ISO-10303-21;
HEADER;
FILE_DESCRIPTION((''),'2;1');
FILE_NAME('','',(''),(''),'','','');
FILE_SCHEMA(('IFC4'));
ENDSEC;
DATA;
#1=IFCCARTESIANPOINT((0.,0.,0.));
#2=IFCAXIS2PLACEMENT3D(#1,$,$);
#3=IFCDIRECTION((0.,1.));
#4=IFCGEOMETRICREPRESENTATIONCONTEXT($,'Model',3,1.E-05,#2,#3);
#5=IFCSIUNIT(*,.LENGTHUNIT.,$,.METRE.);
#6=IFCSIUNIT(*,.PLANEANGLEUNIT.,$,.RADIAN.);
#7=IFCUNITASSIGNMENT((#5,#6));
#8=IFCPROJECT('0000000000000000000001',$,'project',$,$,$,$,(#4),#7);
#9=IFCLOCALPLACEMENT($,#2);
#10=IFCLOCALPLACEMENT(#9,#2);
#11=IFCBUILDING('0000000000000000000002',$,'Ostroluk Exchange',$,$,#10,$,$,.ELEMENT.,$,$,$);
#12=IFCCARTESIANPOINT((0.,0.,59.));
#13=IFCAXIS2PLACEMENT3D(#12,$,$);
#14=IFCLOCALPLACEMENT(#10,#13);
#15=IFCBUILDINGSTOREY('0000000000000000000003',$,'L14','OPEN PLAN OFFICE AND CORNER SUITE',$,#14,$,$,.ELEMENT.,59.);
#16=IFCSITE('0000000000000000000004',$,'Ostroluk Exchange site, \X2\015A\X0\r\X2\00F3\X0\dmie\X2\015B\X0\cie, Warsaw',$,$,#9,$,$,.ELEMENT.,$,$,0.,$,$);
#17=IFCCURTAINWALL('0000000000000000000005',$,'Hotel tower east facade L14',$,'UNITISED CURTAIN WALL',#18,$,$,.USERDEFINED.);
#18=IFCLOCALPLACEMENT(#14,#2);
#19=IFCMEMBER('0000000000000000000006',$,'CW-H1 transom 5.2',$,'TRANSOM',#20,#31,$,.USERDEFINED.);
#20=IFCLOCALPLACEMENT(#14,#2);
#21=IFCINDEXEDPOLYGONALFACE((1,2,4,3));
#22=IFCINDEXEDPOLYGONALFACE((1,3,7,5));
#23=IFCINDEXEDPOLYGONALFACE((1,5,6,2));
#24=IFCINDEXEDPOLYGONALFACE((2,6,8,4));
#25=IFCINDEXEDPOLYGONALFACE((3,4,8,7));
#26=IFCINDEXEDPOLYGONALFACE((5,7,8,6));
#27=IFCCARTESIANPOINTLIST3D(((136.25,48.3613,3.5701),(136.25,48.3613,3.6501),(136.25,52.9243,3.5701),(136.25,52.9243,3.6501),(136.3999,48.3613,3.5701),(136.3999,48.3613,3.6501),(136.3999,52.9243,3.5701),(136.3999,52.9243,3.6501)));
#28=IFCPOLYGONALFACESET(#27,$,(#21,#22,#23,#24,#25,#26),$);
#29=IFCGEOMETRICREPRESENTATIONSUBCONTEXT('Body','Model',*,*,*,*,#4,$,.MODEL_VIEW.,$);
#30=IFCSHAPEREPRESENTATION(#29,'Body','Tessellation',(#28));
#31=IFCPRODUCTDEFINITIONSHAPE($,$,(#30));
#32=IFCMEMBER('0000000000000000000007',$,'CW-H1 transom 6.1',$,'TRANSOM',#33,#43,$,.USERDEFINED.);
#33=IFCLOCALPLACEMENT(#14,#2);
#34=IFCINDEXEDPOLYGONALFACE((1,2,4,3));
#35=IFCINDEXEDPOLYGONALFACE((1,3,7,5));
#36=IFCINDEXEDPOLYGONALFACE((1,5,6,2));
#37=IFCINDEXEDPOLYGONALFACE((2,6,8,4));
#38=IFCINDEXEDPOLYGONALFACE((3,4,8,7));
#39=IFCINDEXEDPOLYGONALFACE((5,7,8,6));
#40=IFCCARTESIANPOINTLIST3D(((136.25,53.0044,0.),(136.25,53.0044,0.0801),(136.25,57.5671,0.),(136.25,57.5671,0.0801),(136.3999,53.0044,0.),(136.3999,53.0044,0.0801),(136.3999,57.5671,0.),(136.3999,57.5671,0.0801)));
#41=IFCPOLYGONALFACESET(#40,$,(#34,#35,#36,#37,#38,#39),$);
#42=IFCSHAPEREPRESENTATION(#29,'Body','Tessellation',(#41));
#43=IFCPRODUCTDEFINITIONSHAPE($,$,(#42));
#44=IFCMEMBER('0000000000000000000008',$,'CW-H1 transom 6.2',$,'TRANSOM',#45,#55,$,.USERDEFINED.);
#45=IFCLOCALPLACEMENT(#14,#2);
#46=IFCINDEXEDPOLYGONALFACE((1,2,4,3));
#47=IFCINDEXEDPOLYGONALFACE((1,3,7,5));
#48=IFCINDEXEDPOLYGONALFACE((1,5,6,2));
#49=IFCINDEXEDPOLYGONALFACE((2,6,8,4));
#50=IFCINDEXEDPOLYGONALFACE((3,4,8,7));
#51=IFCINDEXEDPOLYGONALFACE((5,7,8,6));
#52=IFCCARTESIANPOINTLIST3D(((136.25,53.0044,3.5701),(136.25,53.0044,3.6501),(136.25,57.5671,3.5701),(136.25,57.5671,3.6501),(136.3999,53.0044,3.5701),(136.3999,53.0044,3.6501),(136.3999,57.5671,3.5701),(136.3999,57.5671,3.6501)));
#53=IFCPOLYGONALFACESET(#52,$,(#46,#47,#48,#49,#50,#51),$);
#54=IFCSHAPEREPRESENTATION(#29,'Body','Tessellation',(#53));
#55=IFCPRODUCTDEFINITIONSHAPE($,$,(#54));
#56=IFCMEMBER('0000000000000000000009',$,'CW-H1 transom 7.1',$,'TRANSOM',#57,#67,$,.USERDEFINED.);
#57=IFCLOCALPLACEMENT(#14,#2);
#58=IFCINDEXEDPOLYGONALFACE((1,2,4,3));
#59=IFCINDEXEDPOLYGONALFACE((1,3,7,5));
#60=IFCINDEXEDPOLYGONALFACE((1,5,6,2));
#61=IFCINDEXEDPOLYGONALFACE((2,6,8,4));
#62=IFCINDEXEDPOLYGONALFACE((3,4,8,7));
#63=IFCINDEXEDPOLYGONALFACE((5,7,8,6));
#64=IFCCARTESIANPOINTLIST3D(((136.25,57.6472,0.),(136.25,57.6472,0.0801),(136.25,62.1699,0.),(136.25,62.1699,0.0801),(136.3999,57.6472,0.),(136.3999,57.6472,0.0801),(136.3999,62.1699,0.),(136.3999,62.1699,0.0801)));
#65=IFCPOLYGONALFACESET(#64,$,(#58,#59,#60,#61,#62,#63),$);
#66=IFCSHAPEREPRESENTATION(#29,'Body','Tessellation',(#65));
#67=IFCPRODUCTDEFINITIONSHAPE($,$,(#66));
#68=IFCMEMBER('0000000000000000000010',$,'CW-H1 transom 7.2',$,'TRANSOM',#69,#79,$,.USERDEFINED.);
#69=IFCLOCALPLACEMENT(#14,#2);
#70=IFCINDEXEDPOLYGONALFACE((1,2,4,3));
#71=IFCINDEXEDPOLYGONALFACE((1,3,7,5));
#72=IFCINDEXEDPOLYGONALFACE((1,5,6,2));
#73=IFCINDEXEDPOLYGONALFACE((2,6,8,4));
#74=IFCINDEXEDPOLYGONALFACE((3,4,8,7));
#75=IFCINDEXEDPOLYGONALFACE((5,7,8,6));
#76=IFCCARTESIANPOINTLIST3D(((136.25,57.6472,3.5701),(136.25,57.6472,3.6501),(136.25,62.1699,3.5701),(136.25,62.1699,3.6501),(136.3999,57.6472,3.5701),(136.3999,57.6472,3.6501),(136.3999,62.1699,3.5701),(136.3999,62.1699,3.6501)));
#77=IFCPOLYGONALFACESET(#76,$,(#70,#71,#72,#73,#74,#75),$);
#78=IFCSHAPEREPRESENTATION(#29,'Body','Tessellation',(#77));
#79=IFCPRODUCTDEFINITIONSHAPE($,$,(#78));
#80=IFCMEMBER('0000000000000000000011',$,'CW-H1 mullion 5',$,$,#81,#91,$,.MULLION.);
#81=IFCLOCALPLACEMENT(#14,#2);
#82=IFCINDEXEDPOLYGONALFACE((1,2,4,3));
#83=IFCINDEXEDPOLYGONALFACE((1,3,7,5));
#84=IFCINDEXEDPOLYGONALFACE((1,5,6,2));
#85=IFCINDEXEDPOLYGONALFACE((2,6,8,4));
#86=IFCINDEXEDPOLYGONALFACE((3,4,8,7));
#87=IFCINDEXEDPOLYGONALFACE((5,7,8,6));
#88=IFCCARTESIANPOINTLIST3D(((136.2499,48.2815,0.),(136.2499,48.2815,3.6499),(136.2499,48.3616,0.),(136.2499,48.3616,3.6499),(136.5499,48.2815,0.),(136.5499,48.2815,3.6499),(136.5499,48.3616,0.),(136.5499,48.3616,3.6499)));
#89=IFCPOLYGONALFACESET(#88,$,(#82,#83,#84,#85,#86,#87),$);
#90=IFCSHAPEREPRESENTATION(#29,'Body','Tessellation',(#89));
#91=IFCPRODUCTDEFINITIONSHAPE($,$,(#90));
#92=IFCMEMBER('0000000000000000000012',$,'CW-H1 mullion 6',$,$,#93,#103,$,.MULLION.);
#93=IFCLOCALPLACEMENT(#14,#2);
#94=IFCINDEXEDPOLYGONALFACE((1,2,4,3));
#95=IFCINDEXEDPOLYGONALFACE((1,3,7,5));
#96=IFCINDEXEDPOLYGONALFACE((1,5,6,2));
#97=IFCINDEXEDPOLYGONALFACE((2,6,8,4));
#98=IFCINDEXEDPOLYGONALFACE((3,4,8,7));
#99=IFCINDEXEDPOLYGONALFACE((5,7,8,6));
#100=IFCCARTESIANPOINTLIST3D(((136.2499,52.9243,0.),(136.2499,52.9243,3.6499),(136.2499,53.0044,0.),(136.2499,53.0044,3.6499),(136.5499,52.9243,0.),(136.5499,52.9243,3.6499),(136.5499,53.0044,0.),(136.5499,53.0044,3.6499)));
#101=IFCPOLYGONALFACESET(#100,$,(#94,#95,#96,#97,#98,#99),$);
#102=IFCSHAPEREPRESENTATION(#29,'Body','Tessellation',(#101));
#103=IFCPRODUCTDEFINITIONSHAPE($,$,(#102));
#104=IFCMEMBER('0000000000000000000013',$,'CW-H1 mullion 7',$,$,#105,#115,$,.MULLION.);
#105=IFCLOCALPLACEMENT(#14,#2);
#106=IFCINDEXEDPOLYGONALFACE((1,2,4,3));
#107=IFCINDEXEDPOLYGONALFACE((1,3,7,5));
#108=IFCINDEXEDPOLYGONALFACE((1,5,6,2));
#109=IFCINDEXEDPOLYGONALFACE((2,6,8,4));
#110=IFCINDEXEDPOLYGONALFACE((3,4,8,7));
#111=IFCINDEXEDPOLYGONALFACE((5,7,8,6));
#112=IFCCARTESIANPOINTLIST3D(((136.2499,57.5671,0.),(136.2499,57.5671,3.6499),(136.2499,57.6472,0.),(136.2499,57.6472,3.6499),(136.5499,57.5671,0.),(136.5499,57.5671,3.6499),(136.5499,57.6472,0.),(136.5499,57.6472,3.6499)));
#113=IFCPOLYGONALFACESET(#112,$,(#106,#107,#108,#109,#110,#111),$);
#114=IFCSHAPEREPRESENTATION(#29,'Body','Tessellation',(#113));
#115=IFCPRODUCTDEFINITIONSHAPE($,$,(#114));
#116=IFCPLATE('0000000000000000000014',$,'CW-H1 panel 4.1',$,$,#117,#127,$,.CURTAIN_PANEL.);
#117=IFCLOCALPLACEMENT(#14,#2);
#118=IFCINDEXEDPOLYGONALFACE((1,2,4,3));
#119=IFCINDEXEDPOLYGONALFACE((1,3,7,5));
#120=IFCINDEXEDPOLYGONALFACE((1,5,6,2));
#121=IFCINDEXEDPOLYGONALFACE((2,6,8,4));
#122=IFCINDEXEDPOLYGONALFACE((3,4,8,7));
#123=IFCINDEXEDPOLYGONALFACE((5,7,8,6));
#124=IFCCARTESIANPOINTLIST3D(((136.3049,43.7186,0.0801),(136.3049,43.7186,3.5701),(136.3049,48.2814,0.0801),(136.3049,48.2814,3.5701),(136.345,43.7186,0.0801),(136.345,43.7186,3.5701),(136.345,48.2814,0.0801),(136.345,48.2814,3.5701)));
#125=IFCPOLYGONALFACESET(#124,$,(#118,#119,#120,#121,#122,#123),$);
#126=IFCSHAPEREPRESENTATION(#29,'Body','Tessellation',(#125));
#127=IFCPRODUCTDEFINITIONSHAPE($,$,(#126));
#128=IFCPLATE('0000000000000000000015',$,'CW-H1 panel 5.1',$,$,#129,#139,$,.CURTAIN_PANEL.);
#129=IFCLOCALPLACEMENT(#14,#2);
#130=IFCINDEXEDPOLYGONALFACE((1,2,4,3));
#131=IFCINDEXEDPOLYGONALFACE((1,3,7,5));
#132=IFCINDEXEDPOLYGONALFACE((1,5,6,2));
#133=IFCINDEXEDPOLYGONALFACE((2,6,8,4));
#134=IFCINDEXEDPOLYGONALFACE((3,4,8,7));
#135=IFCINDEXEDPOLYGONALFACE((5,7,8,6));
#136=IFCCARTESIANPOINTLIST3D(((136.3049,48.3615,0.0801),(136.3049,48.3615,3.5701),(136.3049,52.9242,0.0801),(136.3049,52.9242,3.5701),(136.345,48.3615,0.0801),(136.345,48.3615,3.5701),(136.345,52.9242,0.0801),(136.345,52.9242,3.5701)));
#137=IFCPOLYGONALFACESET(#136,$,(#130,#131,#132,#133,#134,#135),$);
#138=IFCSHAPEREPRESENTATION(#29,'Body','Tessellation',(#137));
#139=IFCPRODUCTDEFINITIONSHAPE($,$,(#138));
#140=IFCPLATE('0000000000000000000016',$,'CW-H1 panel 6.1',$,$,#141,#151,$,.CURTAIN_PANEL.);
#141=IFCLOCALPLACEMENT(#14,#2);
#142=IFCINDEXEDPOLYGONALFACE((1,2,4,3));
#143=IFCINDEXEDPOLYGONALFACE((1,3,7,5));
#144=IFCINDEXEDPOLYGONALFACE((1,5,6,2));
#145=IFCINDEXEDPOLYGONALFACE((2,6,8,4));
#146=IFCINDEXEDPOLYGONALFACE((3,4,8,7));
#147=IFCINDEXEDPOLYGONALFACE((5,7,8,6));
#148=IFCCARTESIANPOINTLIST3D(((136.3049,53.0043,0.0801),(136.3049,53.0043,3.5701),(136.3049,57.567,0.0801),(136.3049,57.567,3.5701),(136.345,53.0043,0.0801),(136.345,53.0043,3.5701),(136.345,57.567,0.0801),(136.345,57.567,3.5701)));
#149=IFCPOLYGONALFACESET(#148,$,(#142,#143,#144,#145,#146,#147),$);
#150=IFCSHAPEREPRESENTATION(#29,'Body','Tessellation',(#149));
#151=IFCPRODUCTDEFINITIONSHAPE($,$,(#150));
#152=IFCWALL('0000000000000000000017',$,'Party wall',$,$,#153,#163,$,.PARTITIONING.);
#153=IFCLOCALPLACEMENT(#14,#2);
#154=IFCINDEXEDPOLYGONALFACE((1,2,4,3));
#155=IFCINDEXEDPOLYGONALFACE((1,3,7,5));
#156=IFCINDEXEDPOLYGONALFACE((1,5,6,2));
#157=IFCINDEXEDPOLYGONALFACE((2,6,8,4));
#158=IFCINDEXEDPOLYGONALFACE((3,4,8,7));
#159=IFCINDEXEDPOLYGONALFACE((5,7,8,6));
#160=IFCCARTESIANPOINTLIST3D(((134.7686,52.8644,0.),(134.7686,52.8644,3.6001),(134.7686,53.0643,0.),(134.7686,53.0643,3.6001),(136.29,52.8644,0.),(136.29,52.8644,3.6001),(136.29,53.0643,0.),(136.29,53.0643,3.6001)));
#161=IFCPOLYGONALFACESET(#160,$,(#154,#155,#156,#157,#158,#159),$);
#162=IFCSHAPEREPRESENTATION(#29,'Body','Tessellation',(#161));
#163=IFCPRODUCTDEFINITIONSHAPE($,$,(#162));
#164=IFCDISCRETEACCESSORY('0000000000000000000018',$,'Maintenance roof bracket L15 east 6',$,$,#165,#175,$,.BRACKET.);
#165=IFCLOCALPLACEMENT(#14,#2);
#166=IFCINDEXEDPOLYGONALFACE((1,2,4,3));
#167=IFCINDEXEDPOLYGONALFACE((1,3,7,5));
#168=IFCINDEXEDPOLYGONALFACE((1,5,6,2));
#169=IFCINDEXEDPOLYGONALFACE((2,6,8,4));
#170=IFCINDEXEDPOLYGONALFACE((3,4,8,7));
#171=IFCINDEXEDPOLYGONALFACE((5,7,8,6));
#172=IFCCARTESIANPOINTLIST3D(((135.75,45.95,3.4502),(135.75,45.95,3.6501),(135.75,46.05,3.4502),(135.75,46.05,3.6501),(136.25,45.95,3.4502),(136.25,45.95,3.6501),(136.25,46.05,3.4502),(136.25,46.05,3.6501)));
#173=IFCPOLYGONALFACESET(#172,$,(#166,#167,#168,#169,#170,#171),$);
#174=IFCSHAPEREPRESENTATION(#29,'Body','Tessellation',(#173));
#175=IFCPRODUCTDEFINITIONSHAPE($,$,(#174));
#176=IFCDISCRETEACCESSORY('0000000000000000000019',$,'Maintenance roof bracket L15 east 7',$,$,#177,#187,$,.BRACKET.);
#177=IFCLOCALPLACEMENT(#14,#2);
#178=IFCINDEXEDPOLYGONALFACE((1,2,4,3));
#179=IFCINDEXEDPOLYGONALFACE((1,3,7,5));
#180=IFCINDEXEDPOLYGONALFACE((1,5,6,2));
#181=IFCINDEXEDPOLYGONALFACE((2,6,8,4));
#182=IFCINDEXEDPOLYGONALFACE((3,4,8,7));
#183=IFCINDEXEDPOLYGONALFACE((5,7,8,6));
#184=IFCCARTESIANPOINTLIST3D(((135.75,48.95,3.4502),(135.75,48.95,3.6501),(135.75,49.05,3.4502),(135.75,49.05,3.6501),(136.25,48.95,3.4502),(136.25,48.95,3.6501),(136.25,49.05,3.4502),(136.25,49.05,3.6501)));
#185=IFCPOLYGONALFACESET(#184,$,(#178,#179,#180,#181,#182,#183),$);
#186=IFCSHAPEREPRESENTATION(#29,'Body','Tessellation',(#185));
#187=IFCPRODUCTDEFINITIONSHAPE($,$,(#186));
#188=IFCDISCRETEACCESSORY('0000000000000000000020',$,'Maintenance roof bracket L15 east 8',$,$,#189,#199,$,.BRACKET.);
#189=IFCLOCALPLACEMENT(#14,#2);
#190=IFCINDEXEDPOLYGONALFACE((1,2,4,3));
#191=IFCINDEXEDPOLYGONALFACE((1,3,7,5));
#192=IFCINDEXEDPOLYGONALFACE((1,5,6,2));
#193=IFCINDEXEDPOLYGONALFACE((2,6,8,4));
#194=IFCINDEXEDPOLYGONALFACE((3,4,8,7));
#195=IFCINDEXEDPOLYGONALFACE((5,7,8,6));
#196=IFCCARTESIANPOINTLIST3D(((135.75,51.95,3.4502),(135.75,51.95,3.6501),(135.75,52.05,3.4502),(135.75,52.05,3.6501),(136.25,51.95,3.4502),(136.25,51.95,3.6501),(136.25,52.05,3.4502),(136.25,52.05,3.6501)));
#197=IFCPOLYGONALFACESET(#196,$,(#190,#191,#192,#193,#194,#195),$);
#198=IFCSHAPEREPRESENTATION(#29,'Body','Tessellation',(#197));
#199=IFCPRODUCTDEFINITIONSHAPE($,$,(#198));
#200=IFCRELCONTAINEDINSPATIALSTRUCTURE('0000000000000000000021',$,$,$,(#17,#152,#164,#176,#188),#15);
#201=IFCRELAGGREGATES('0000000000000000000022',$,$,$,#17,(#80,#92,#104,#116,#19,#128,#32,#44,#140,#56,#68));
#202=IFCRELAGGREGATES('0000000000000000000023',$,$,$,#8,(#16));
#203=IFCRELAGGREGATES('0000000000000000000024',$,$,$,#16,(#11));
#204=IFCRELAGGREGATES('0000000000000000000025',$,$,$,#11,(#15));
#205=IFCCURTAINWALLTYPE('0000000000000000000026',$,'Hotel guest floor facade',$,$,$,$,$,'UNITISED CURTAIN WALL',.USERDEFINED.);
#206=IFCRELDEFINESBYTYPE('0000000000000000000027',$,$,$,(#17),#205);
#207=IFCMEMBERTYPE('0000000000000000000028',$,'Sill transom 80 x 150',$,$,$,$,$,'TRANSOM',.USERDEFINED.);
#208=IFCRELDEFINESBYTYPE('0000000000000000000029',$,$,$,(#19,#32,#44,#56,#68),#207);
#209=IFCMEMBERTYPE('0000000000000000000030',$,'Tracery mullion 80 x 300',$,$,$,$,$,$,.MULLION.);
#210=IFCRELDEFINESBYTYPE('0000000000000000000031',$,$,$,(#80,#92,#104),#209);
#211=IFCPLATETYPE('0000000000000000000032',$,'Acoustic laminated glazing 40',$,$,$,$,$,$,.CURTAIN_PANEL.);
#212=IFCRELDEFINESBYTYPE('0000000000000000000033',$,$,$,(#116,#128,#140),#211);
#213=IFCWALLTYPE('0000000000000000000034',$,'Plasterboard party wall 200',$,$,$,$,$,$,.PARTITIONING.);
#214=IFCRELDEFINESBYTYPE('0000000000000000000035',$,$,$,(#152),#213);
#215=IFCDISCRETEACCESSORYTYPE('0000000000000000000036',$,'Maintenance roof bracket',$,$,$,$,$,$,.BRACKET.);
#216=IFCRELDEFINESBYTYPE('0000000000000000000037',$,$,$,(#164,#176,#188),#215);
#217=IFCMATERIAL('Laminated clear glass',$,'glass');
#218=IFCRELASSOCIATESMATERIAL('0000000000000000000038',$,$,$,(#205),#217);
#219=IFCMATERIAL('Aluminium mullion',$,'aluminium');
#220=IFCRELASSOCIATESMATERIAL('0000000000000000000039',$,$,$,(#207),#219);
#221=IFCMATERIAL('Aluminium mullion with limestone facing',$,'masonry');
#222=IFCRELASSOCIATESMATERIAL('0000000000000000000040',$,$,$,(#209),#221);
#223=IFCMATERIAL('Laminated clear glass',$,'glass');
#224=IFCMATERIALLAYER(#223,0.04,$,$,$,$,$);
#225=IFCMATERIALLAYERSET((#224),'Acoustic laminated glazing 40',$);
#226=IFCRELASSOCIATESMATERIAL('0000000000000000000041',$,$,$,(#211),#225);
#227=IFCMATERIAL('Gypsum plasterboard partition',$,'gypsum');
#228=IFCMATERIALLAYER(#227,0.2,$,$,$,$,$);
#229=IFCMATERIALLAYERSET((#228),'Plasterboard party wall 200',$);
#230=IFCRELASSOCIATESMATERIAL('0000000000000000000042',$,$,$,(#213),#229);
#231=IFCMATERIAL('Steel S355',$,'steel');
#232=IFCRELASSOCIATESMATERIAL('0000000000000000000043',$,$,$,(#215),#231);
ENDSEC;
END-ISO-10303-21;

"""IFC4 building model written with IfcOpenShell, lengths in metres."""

from ifc_helpers import new_model, si_unit, direction, frame, frame_2d, origin, origin_2d, place, context, subcontext, project, spatial, rectangle, extrude, material, layer, layer_set, material_profile, profile_set, type_object, element, aggregate, save


model = new_model("IFC4")

# Units and contexts
model_context = context("Model", 3, precision=1e-05, world=origin(), true_north=direction((0.0, 1.0)))
body_context = subcontext(model_context, "Body", "Model", "MODEL_VIEW")
ifc_project = project(units=[si_unit("LENGTHUNIT", "METRE"), si_unit("PLANEANGLEUNIT", "RADIAN")], contexts=[model_context])

# Site, building, storey
site_placement = place(None, origin())
site = spatial("IfcSite", under=ifc_project, at=site_placement, Name="Ostroluk Exchange site, Śródmieście, Warsaw", CompositionType="ELEMENT", RefElevation=0.0)
building_placement = place(site_placement, origin())
building = spatial("IfcBuilding", under=site, at=building_placement, Name="Ostroluk Exchange", CompositionType="ELEMENT")
storey_placement = place(building_placement, frame((0.0, 0.0, 59.0)))
storey = spatial("IfcBuildingStorey", under=building, at=storey_placement, Name="L14", Description="OPEN PLAN OFFICE AND CORNER SUITE", CompositionType="ELEMENT", Elevation=59.0)

# Curtain wall, members, plates
ifc_material_1 = material(Name="Laminated clear glass", Category="glass")
curtain_wall_type = type_object("IfcCurtainWallType", Name="Hotel guest floor facade", ElementType="UNITISED CURTAIN WALL", PredefinedType="USERDEFINED", material=ifc_material_1)
curtain_wall_placement = place(storey_placement, origin())
curtain_wall = element("IfcCurtainWall", 1, at=curtain_wall_placement, inside=storey, type_object=curtain_wall_type, Name="Hotel tower east facade L14", ObjectType="UNITISED CURTAIN WALL", PredefinedType="USERDEFINED")
ifc_material_2 = material(Name="Aluminium mullion", Category="aluminium")
ifc_material_profile_1 = material_profile(ifc_material_2, rectangle(XDim=0.1499, YDim=0.0801, at=origin_2d()), Name="Sill transom 80 x 150")
ifc_profile_set_1 = profile_set([ifc_material_profile_1], Name="Aluminium mullion")
member_type_1 = type_object("IfcMemberType", Name="Sill transom 80 x 150", ElementType="TRANSOM", PredefinedType="USERDEFINED", material=ifc_profile_set_1)
member_1_placement = place(storey_placement, frame((136.325, 48.3613, 3.6101), z_axis=(0.0, 1.0, 0.0), x_axis=(-1.0, 0.0, 0.0)))
member_1 = element("IfcMember", 2, at=member_1_placement, type_object=member_type_1, Name="CW-H1 transom 5.2", ObjectType="TRANSOM", PredefinedType="USERDEFINED", context=body_context, shape_type="SweptSolid", body=[
    extrude(rectangle(XDim=0.1499, YDim=0.0801, at=origin_2d()), origin(), (0.0, 0.0, 1.0), 4.563),
])
member_2_placement = place(storey_placement, frame((136.325, 53.0044, 0.04), z_axis=(0.0, 1.0, 0.0), x_axis=(-1.0, 0.0, 0.0)))
member_2 = element("IfcMember", 3, at=member_2_placement, type_object=member_type_1, Name="CW-H1 transom 6.1", ObjectType="TRANSOM", PredefinedType="USERDEFINED", context=body_context, shape_type="SweptSolid", body=[
    extrude(rectangle(XDim=0.1499, YDim=0.0801, at=origin_2d()), origin(), (0.0, 0.0, 1.0), 4.5627),
])
member_3_placement = place(storey_placement, frame((136.325, 53.0044, 3.6101), z_axis=(0.0, 1.0, 0.0), x_axis=(-1.0, 0.0, 0.0)))
member_3 = element("IfcMember", 4, at=member_3_placement, type_object=member_type_1, Name="CW-H1 transom 6.2", ObjectType="TRANSOM", PredefinedType="USERDEFINED", context=body_context, shape_type="SweptSolid", body=[
    extrude(rectangle(XDim=0.1499, YDim=0.0801, at=origin_2d()), origin(), (0.0, 0.0, 1.0), 4.5627),
])
member_4_placement = place(storey_placement, frame((136.325, 57.6472, 0.04), z_axis=(0.0, 1.0, 0.0), x_axis=(-1.0, 0.0, 0.0)))
member_4 = element("IfcMember", 5, at=member_4_placement, type_object=member_type_1, Name="CW-H1 transom 7.1", ObjectType="TRANSOM", PredefinedType="USERDEFINED", context=body_context, shape_type="SweptSolid", body=[
    extrude(rectangle(XDim=0.1499, YDim=0.0801, at=origin_2d()), origin(), (0.0, 0.0, 1.0), 4.5227),
])
member_5_placement = place(storey_placement, frame((136.325, 57.6472, 3.6101), z_axis=(0.0, 1.0, 0.0), x_axis=(-1.0, 0.0, 0.0)))
member_5 = element("IfcMember", 6, at=member_5_placement, type_object=member_type_1, Name="CW-H1 transom 7.2", ObjectType="TRANSOM", PredefinedType="USERDEFINED", context=body_context, shape_type="SweptSolid", body=[
    extrude(rectangle(XDim=0.1499, YDim=0.0801, at=origin_2d()), origin(), (0.0, 0.0, 1.0), 4.5227),
])
ifc_material_3 = material(Name="Aluminium mullion with limestone facing", Category="masonry")
ifc_material_profile_2 = material_profile(ifc_material_3, rectangle(XDim=0.3, YDim=0.0801, at=origin_2d()), Name="Tracery mullion 80 x 300")
ifc_profile_set_2 = profile_set([ifc_material_profile_2], Name="Aluminium mullion with limestone facing")
member_type_2 = type_object("IfcMemberType", Name="Tracery mullion 80 x 300", PredefinedType="MULLION", material=ifc_profile_set_2)
member_6_placement = place(storey_placement, frame((136.3999, 48.3215, 0.0), z_axis=(0.0, 0.0, 1.0), x_axis=(-1.0, 0.0, 0.0)))
member_6 = element("IfcMember", 7, at=member_6_placement, type_object=member_type_2, Name="CW-H1 mullion 5", PredefinedType="MULLION", context=body_context, shape_type="SweptSolid", body=[
    extrude(rectangle(XDim=0.3, YDim=0.0801, at=origin_2d()), origin(), (0.0, 0.0, 1.0), 3.6499),
])
member_7_placement = place(storey_placement, frame((136.3999, 52.9644, 0.0), z_axis=(0.0, 0.0, 1.0), x_axis=(-1.0, 0.0, 0.0)))
member_7 = element("IfcMember", 8, at=member_7_placement, type_object=member_type_2, Name="CW-H1 mullion 6", PredefinedType="MULLION", context=body_context, shape_type="SweptSolid", body=[
    extrude(rectangle(XDim=0.3, YDim=0.0801, at=origin_2d()), origin(), (0.0, 0.0, 1.0), 3.6499),
])
member_8_placement = place(storey_placement, frame((136.3999, 57.6072, 0.0), z_axis=(0.0, 0.0, 1.0), x_axis=(-1.0, 0.0, 0.0)))
member_8 = element("IfcMember", 9, at=member_8_placement, type_object=member_type_2, Name="CW-H1 mullion 7", PredefinedType="MULLION", context=body_context, shape_type="SweptSolid", body=[
    extrude(rectangle(XDim=0.3, YDim=0.0801, at=origin_2d()), origin(), (0.0, 0.0, 1.0), 3.6499),
])
ifc_material_4 = material(Name="Laminated clear glass", Category="glass")
ifc_layer_1 = layer(ifc_material_4, 0.04)
ifc_layer_set_1 = layer_set([ifc_layer_1], Name="Acoustic laminated glazing 40")
plate_type = type_object("IfcPlateType", Name="Acoustic laminated glazing 40", PredefinedType="CURTAIN_PANEL", material=ifc_layer_set_1)
plate_1_placement = place(storey_placement, frame((136.325, 46.0, 0.0801), z_axis=(0.0, 0.0, 1.0), x_axis=(0.0, 1.0, 0.0)))
plate_1 = element("IfcPlate", 10, at=plate_1_placement, type_object=plate_type, Name="CW-H1 panel 4.1", PredefinedType="CURTAIN_PANEL", context=body_context, shape_type="SweptSolid", body=[
    extrude(rectangle(XDim=4.5627, YDim=0.04, at=origin_2d()), origin(), (0.0, 0.0, 1.0), 3.49),
])
plate_2_placement = place(storey_placement, frame((136.325, 50.6428, 0.0801), z_axis=(0.0, 0.0, 1.0), x_axis=(0.0, 1.0, 0.0)))
plate_2 = element("IfcPlate", 11, at=plate_2_placement, type_object=plate_type, Name="CW-H1 panel 5.1", PredefinedType="CURTAIN_PANEL", context=body_context, shape_type="SweptSolid", body=[
    extrude(rectangle(XDim=4.5627, YDim=0.04, at=origin_2d()), origin(), (0.0, 0.0, 1.0), 3.49),
])
plate_3_placement = place(storey_placement, frame((136.325, 55.2856, 0.0801), z_axis=(0.0, 0.0, 1.0), x_axis=(0.0, 1.0, 0.0)))
plate_3 = element("IfcPlate", 12, at=plate_3_placement, type_object=plate_type, Name="CW-H1 panel 6.1", PredefinedType="CURTAIN_PANEL", context=body_context, shape_type="SweptSolid", body=[
    extrude(rectangle(XDim=4.5627, YDim=0.04, at=origin_2d()), origin(), (0.0, 0.0, 1.0), 3.49),
])
aggregate(curtain_wall, [member_6, member_7, member_8, plate_1, member_1, plate_2, member_2, member_3, plate_3, member_4, member_5])

# Wall
ifc_material_5 = material(Name="Gypsum plasterboard partition", Category="gypsum")
ifc_layer_2 = layer(ifc_material_5, 0.2)
ifc_layer_set_2 = layer_set([ifc_layer_2], Name="Plasterboard party wall 200")
wall_type = type_object("IfcWallType", Name="Plasterboard party wall 200", PredefinedType="PARTITIONING", material=ifc_layer_set_2)
wall_placement = place(storey_placement, frame((134.7686, 52.9644, 0.0), z_axis=(0.0, 0.0, 1.0), x_axis=(1.0, 0.0, 0.0)))
element("IfcWall", 13, at=wall_placement, inside=storey, type_object=wall_type, Name="Party wall", PredefinedType="PARTITIONING", context=body_context, shape_type="SweptSolid", body=[
    extrude(rectangle(XDim=1.5215, YDim=0.2, at=frame_2d((0.7607, 0.0))), origin(), (0.0, 0.0, 1.0), 3.6001),
])

# Discrete accessories
ifc_material_6 = material(Name="Steel S355", Category="steel")
discrete_accessory_type = type_object("IfcDiscreteAccessoryType", Name="Maintenance roof bracket", PredefinedType="BRACKET", material=ifc_material_6)
for number, where, z_axis, x_axis, name in (
    (14, (136.0, 46.0, 3.4502), (0.0, 0.0, 1.0), (1.0, 0.0, 0.0), "Maintenance roof bracket L15 east 6"),
    (15, (136.0, 49.0, 3.4502), (0.0, 0.0, 1.0), (1.0, 0.0, 0.0), "Maintenance roof bracket L15 east 7"),
    (16, (136.0, 52.0, 3.4502), (0.0, 0.0, 1.0), (1.0, 0.0, 0.0), "Maintenance roof bracket L15 east 8"),
):
    element("IfcDiscreteAccessory", number, at=place(storey_placement, frame(where, z_axis=z_axis, x_axis=x_axis)), inside=storey, type_object=discrete_accessory_type, Name=name, PredefinedType="BRACKET", context=body_context, shape_type="SweptSolid", body=[
        extrude(rectangle(XDim=0.5, YDim=0.1001, at=origin_2d()), origin(), (0.0, 0.0, 1.0), 0.2),
    ])

save(model, "model.ifc")
